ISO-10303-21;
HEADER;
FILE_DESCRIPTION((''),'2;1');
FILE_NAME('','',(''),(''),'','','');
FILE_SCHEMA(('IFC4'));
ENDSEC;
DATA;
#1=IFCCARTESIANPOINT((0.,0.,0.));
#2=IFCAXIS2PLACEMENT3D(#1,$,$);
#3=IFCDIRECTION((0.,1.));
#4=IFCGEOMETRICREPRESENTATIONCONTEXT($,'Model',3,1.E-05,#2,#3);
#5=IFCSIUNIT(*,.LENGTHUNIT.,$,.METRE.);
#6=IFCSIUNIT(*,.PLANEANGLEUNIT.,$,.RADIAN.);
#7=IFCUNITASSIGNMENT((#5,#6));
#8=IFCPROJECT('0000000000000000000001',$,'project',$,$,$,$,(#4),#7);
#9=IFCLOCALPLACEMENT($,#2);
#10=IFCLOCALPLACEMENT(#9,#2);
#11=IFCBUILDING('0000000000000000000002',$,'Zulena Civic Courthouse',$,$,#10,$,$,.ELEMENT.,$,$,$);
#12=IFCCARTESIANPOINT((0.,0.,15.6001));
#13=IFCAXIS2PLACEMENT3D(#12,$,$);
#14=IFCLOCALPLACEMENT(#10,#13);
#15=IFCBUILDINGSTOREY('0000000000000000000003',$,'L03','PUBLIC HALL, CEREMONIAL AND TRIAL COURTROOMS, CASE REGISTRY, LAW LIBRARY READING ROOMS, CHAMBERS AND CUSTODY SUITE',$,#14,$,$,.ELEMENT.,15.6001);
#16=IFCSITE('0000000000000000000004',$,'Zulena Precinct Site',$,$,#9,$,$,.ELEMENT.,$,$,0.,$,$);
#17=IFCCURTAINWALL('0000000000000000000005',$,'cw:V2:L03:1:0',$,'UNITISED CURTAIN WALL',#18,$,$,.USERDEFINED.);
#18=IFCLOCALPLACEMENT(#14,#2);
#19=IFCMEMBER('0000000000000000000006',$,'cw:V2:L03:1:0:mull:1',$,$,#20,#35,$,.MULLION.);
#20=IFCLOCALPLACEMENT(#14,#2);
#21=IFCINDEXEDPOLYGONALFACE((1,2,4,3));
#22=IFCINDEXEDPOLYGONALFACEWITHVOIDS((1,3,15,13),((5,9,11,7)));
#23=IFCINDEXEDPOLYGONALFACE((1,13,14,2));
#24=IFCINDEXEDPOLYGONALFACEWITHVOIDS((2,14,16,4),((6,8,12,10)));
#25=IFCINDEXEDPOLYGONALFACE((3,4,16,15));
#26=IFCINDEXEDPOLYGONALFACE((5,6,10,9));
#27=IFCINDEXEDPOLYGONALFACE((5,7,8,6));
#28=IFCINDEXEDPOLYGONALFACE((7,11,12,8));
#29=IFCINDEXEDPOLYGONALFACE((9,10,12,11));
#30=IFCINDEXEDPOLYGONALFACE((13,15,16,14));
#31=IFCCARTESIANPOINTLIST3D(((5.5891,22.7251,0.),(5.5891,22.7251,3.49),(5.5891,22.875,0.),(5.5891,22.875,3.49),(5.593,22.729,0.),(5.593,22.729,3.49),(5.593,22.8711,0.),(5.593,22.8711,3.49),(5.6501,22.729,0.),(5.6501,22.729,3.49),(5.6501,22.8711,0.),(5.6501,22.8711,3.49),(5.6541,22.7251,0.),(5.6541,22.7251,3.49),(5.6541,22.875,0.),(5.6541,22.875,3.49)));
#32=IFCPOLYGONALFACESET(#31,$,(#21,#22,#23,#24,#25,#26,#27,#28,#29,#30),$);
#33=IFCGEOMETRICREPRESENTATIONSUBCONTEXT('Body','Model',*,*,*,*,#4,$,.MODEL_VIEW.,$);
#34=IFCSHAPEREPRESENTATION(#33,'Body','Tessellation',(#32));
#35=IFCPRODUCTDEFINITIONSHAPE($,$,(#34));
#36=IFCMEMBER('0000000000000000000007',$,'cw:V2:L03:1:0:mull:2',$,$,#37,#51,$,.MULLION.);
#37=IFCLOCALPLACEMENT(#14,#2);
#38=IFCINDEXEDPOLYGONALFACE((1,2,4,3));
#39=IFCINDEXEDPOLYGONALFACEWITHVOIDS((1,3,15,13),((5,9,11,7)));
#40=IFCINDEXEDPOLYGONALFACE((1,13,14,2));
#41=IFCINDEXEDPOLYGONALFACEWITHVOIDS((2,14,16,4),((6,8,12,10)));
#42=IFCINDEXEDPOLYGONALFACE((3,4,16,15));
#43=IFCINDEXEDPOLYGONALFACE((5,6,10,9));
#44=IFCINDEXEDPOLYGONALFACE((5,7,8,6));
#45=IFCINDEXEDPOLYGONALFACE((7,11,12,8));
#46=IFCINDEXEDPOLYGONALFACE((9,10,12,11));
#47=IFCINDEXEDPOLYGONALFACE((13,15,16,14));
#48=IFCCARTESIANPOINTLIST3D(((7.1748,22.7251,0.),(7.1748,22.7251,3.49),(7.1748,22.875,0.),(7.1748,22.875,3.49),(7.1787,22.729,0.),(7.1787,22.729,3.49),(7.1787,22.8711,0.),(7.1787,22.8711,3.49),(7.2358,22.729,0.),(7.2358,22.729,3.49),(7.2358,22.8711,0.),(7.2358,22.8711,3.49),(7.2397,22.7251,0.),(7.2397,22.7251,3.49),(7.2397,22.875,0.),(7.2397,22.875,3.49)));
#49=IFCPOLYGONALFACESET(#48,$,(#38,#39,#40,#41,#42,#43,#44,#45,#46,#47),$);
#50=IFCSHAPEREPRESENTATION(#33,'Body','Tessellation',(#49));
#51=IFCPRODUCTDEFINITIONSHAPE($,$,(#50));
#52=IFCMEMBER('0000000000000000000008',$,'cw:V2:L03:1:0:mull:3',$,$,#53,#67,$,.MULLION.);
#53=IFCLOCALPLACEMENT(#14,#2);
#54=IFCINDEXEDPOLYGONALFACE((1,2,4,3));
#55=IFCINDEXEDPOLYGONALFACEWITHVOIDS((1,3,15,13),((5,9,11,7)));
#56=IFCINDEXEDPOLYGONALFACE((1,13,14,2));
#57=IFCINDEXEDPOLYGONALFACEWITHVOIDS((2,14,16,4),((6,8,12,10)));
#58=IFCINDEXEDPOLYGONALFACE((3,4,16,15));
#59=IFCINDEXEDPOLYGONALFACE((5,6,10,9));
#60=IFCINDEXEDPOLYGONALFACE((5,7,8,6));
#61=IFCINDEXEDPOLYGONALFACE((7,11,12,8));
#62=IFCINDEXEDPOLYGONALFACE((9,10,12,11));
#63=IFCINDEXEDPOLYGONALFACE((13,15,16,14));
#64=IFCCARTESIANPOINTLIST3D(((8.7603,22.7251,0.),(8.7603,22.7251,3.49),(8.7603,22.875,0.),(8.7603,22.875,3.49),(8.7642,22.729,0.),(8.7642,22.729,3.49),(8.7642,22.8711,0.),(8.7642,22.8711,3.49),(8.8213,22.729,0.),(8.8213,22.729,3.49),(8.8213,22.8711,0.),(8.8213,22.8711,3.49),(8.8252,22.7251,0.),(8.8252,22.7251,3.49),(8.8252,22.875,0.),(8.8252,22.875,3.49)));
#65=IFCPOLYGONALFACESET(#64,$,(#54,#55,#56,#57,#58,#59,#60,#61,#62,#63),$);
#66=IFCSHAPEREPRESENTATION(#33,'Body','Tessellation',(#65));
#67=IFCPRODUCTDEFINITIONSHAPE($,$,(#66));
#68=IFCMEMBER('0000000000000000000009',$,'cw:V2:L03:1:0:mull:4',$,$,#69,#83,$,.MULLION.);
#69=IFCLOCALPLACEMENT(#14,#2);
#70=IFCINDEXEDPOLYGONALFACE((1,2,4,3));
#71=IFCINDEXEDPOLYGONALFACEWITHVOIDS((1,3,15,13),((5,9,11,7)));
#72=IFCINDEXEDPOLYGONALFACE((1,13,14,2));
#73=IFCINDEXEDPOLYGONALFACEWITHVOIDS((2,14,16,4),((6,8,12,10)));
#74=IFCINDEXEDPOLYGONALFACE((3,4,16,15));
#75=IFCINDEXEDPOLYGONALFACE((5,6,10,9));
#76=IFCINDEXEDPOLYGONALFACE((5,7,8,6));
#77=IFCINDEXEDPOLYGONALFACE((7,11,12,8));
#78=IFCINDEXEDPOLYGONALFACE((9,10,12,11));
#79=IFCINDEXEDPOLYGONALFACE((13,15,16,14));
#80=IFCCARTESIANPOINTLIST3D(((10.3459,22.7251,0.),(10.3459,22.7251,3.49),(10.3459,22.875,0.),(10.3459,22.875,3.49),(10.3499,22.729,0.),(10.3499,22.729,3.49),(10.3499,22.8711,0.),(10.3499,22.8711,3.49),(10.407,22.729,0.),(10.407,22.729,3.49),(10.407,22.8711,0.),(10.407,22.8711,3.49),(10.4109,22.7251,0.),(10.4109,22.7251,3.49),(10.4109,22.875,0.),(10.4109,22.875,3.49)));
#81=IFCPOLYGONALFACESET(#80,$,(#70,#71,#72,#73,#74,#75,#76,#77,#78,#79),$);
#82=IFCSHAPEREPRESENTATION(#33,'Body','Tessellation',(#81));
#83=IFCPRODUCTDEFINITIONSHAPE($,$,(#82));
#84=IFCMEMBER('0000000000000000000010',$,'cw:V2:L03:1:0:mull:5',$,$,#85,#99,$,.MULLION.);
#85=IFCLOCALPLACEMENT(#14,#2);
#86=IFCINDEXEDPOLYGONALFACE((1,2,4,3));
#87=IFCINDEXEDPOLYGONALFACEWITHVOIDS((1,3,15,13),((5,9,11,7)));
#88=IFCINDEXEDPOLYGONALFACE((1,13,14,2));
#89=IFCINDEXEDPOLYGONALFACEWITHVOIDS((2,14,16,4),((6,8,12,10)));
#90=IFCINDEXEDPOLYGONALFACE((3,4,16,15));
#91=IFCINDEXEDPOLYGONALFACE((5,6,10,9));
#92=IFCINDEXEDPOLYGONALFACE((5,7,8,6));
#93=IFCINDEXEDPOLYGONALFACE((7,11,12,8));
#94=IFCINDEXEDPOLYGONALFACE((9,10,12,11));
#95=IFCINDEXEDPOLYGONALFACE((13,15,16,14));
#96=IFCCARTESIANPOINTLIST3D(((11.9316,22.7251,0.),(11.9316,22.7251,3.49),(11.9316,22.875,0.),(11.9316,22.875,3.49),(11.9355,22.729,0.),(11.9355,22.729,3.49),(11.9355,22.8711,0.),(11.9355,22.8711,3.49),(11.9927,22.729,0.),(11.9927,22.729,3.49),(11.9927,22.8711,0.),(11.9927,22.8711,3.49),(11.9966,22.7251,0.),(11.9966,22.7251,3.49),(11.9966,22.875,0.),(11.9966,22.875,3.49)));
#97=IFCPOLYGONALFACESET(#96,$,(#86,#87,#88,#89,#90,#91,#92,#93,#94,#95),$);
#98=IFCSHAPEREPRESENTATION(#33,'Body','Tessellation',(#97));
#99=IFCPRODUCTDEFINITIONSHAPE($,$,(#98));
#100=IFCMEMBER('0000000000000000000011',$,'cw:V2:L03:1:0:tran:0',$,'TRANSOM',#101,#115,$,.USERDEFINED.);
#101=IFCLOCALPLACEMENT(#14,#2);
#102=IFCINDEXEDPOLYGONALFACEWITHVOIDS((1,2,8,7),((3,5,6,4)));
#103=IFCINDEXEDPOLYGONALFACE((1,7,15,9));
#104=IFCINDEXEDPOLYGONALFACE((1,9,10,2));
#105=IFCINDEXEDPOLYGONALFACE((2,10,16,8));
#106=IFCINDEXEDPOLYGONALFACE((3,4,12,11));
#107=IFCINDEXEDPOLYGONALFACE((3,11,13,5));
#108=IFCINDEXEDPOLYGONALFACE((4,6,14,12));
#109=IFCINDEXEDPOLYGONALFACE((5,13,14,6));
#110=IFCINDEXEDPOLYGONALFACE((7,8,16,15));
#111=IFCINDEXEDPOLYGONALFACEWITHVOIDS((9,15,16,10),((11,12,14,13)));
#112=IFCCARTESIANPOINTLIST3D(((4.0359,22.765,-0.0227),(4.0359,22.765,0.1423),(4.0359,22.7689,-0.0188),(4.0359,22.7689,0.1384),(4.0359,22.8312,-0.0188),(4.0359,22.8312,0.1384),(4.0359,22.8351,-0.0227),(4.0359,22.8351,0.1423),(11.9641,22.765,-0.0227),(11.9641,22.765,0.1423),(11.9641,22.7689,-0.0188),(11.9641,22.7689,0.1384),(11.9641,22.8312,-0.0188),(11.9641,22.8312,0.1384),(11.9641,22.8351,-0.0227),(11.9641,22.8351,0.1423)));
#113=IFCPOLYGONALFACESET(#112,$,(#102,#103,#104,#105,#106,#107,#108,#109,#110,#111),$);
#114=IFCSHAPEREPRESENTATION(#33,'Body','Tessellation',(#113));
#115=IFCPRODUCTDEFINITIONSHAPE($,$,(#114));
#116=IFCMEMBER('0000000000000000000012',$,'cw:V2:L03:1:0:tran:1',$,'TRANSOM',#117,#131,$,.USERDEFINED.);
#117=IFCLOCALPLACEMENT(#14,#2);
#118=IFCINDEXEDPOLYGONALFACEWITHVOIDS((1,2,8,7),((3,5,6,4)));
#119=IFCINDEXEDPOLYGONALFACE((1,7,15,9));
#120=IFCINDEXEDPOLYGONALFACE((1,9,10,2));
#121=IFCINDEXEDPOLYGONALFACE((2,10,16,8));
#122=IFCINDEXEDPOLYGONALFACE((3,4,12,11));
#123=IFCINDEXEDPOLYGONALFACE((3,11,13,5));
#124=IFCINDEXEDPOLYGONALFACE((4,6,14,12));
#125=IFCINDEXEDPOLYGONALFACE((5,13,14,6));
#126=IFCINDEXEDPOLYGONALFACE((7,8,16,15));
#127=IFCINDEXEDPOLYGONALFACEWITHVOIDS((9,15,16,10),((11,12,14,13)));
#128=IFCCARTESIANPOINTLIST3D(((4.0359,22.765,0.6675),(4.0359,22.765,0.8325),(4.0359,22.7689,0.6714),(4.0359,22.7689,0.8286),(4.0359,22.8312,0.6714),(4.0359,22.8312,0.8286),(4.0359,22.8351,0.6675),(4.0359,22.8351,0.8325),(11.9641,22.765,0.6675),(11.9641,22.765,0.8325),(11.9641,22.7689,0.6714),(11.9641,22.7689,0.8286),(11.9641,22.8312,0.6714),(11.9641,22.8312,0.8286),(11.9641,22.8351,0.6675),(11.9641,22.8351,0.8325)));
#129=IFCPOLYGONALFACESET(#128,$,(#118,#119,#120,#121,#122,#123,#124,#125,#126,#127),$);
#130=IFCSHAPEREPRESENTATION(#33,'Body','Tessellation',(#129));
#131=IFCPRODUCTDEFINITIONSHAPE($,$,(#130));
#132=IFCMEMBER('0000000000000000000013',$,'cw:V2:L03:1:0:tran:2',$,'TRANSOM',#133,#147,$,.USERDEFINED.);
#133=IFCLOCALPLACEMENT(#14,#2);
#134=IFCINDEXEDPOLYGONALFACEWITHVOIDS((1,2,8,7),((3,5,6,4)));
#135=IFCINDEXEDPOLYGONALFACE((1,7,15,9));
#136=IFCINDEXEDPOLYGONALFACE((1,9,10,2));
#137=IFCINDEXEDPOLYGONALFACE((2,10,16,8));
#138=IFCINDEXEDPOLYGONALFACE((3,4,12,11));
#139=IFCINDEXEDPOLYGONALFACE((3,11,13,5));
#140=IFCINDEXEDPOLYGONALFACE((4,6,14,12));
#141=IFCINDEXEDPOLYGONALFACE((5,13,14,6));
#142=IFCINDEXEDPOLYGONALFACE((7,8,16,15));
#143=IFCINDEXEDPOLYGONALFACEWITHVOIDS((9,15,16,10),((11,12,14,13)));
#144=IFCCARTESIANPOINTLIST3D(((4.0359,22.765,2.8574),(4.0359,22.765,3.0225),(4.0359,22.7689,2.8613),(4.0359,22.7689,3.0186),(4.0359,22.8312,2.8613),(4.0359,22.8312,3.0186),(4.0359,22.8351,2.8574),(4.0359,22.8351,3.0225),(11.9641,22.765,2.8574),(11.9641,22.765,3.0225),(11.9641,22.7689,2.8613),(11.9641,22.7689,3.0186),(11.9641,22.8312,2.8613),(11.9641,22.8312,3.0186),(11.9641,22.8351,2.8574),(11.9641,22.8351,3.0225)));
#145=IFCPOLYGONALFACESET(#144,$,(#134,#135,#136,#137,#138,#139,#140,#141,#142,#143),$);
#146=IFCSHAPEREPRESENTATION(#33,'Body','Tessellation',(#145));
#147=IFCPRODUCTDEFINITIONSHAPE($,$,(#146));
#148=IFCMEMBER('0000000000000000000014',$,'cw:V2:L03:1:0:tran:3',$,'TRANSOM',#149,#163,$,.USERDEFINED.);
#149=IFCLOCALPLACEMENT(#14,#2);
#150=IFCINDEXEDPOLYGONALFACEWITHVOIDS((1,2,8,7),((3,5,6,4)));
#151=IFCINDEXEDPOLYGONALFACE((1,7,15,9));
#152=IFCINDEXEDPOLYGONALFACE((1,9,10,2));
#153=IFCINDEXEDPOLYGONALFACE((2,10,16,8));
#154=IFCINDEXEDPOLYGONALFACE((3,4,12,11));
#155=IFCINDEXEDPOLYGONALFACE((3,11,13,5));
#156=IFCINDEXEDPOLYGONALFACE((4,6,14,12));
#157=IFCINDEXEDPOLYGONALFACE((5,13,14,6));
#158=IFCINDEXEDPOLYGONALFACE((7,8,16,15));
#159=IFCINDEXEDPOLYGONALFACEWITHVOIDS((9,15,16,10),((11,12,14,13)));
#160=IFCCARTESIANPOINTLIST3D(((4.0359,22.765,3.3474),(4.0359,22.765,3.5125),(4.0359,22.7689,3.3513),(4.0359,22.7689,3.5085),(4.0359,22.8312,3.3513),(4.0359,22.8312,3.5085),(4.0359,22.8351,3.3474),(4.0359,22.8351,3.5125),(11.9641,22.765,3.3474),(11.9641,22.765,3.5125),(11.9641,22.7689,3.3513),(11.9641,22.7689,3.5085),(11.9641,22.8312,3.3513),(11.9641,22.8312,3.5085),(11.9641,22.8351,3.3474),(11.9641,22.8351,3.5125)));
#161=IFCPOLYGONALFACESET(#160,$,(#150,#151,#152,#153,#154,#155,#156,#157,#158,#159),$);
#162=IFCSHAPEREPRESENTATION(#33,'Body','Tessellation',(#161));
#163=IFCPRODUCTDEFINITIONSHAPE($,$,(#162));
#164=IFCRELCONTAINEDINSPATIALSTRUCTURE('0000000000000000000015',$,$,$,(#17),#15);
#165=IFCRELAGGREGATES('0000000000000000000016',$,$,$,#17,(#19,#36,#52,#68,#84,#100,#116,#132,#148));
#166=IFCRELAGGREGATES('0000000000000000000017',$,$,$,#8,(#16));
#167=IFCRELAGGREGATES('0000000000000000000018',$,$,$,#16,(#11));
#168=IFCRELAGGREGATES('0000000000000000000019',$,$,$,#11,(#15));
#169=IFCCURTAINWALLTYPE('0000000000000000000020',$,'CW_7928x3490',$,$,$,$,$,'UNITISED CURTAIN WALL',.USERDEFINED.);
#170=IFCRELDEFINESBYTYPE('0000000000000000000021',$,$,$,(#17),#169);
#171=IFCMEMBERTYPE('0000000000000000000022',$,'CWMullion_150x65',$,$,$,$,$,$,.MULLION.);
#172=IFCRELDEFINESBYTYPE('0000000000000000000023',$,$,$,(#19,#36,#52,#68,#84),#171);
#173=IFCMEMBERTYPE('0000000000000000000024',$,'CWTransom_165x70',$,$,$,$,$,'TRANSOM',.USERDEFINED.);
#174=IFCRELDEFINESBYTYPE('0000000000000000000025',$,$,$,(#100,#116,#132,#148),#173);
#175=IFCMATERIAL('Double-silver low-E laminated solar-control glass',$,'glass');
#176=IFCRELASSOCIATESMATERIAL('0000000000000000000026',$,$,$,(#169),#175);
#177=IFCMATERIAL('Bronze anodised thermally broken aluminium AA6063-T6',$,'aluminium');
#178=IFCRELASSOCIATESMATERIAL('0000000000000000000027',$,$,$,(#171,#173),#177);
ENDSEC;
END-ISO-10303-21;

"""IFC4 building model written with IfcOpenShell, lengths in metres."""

from ifc_helpers import new_model, si_unit, direction, frame, origin, origin_2d, place, context, subcontext, project, spatial, hollow_rectangle, extrude, material, material_profile, profile_set, type_object, element, aggregate, save


model = new_model("IFC4")

# Units and contexts
model_context = context("Model", 3, precision=1e-05, world=origin(), true_north=direction((0.0, 1.0)))
body_context = subcontext(model_context, "Body", "Model", "MODEL_VIEW")
ifc_project = project(units=[si_unit("LENGTHUNIT", "METRE"), si_unit("PLANEANGLEUNIT", "RADIAN")], contexts=[model_context])

# Site, building, storey
site_placement = place(None, origin())
site = spatial("IfcSite", under=ifc_project, at=site_placement, Name="Zulena Precinct Site", CompositionType="ELEMENT", RefElevation=0.0)
building_placement = place(site_placement, origin())
building = spatial("IfcBuilding", under=site, at=building_placement, Name="Zulena Civic Courthouse", CompositionType="ELEMENT")
storey_placement = place(building_placement, frame((0.0, 0.0, 15.6001)))
storey = spatial("IfcBuildingStorey", under=building, at=storey_placement, Name="L03", Description="PUBLIC HALL, CEREMONIAL AND TRIAL COURTROOMS, CASE REGISTRY, LAW LIBRARY READING ROOMS, CHAMBERS AND CUSTODY SUITE", CompositionType="ELEMENT", Elevation=15.6001)

# Curtain wall, members
ifc_material_1 = material(Name="Double-silver low-E laminated solar-control glass", Category="glass")
curtain_wall_type = type_object("IfcCurtainWallType", Name="CW_7928x3490", ElementType="UNITISED CURTAIN WALL", PredefinedType="USERDEFINED", material=ifc_material_1)
curtain_wall_placement = place(storey_placement, origin())
curtain_wall = element("IfcCurtainWall", 1, at=curtain_wall_placement, inside=storey, type_object=curtain_wall_type, Name="cw:V2:L03:1:0", ObjectType="UNITISED CURTAIN WALL", PredefinedType="USERDEFINED")
ifc_material_2 = material(Name="Bronze anodised thermally broken aluminium AA6063-T6", Category="aluminium")
ifc_material_profile_1 = material_profile(ifc_material_2, hollow_rectangle(XDim=0.0649, YDim=0.1499, WallThickness=0.0039, at=origin_2d()), Name="CWM150X65X4")
ifc_profile_set_1 = profile_set([ifc_material_profile_1], Name="Bronze anodised thermally broken aluminium AA6063-T6")
member_type_1 = type_object("IfcMemberType", Name="CWMullion_150x65", PredefinedType="MULLION", material=ifc_profile_set_1)
member_1_placement = place(storey_placement, frame((5.6216, 22.8, 0.0), z_axis=(0.0, 0.0, 1.0), x_axis=(1.0, 0.0, 0.0)))
member_1 = element("IfcMember", 2, at=member_1_placement, type_object=member_type_1, Name="cw:V2:L03:1:0:mull:1", PredefinedType="MULLION", context=body_context, shape_type="SweptSolid", body=[
    extrude(hollow_rectangle(XDim=0.0649, YDim=0.1499, WallThickness=0.0039, at=origin_2d()), origin(), (0.0, 0.0, 1.0), 3.49),
])
member_2_placement = place(storey_placement, frame((7.2073, 22.8, 0.0), z_axis=(0.0, 0.0, 1.0), x_axis=(1.0, 0.0, 0.0)))
member_2 = element("IfcMember", 3, at=member_2_placement, type_object=member_type_1, Name="cw:V2:L03:1:0:mull:2", PredefinedType="MULLION", context=body_context, shape_type="SweptSolid", body=[
    extrude(hollow_rectangle(XDim=0.0649, YDim=0.1499, WallThickness=0.0039, at=origin_2d()), origin(), (0.0, 0.0, 1.0), 3.49),
])
member_3_placement = place(storey_placement, frame((8.7927, 22.8, 0.0), z_axis=(0.0, 0.0, 1.0), x_axis=(1.0, 0.0, 0.0)))
member_3 = element("IfcMember", 4, at=member_3_placement, type_object=member_type_1, Name="cw:V2:L03:1:0:mull:3", PredefinedType="MULLION", context=body_context, shape_type="SweptSolid", body=[
    extrude(hollow_rectangle(XDim=0.0649, YDim=0.1499, WallThickness=0.0039, at=origin_2d()), origin(), (0.0, 0.0, 1.0), 3.49),
])
member_4_placement = place(storey_placement, frame((10.3784, 22.8, 0.0), z_axis=(0.0, 0.0, 1.0), x_axis=(1.0, 0.0, 0.0)))
member_4 = element("IfcMember", 5, at=member_4_placement, type_object=member_type_1, Name="cw:V2:L03:1:0:mull:4", PredefinedType="MULLION", context=body_context, shape_type="SweptSolid", body=[
    extrude(hollow_rectangle(XDim=0.0649, YDim=0.1499, WallThickness=0.0039, at=origin_2d()), origin(), (0.0, 0.0, 1.0), 3.49),
])
member_5_placement = place(storey_placement, frame((11.9641, 22.8, 0.0), z_axis=(0.0, 0.0, 1.0), x_axis=(1.0, 0.0, 0.0)))
member_5 = element("IfcMember", 6, at=member_5_placement, type_object=member_type_1, Name="cw:V2:L03:1:0:mull:5", PredefinedType="MULLION", context=body_context, shape_type="SweptSolid", body=[
    extrude(hollow_rectangle(XDim=0.0649, YDim=0.1499, WallThickness=0.0039, at=origin_2d()), origin(), (0.0, 0.0, 1.0), 3.49),
])
ifc_material_profile_2 = material_profile(ifc_material_2, hollow_rectangle(XDim=0.0701, YDim=0.165, WallThickness=0.0039, at=origin_2d()), Name="CWT165X70X4")
ifc_profile_set_2 = profile_set([ifc_material_profile_2], Name="Bronze anodised thermally broken aluminium AA6063-T6")
member_type_2 = type_object("IfcMemberType", Name="CWTransom_165x70", ElementType="TRANSOM", PredefinedType="USERDEFINED", material=ifc_profile_set_2)
member_6_placement = place(storey_placement, frame((4.0359, 22.8, 0.0598), z_axis=(1.0, 0.0, 0.0), x_axis=(0.0, 1.0, 0.0)))
member_6 = element("IfcMember", 7, at=member_6_placement, type_object=member_type_2, Name="cw:V2:L03:1:0:tran:0", ObjectType="TRANSOM", PredefinedType="USERDEFINED", context=body_context, shape_type="SweptSolid", body=[
    extrude(hollow_rectangle(XDim=0.0701, YDim=0.165, WallThickness=0.0039, at=origin_2d()), origin(), (0.0, 0.0, 1.0), 7.9282),
])
member_7_placement = place(storey_placement, frame((4.0359, 22.8, 0.75), z_axis=(1.0, 0.0, 0.0), x_axis=(0.0, 1.0, 0.0)))
member_7 = element("IfcMember", 8, at=member_7_placement, type_object=member_type_2, Name="cw:V2:L03:1:0:tran:1", ObjectType="TRANSOM", PredefinedType="USERDEFINED", context=body_context, shape_type="SweptSolid", body=[
    extrude(hollow_rectangle(XDim=0.0701, YDim=0.165, WallThickness=0.0039, at=origin_2d()), origin(), (0.0, 0.0, 1.0), 7.9282),
])
member_8_placement = place(storey_placement, frame((4.0359, 22.8, 2.9399), z_axis=(1.0, 0.0, 0.0), x_axis=(0.0, 1.0, 0.0)))
member_8 = element("IfcMember", 9, at=member_8_placement, type_object=member_type_2, Name="cw:V2:L03:1:0:tran:2", ObjectType="TRANSOM", PredefinedType="USERDEFINED", context=body_context, shape_type="SweptSolid", body=[
    extrude(hollow_rectangle(XDim=0.0701, YDim=0.165, WallThickness=0.0039, at=origin_2d()), origin(), (0.0, 0.0, 1.0), 7.9282),
])
member_9_placement = place(storey_placement, frame((4.0359, 22.8, 3.4299), z_axis=(1.0, 0.0, 0.0), x_axis=(0.0, 1.0, 0.0)))
member_9 = element("IfcMember", 10, at=member_9_placement, type_object=member_type_2, Name="cw:V2:L03:1:0:tran:3", ObjectType="TRANSOM", PredefinedType="USERDEFINED", context=body_context, shape_type="SweptSolid", body=[
    extrude(hollow_rectangle(XDim=0.0701, YDim=0.165, WallThickness=0.0039, at=origin_2d()), origin(), (0.0, 0.0, 1.0), 7.9282),
])

aggregate(curtain_wall, [member_1, member_2, member_3, member_4, member_5, member_6, member_7, member_8, member_9])

save(model, "model.ifc")
